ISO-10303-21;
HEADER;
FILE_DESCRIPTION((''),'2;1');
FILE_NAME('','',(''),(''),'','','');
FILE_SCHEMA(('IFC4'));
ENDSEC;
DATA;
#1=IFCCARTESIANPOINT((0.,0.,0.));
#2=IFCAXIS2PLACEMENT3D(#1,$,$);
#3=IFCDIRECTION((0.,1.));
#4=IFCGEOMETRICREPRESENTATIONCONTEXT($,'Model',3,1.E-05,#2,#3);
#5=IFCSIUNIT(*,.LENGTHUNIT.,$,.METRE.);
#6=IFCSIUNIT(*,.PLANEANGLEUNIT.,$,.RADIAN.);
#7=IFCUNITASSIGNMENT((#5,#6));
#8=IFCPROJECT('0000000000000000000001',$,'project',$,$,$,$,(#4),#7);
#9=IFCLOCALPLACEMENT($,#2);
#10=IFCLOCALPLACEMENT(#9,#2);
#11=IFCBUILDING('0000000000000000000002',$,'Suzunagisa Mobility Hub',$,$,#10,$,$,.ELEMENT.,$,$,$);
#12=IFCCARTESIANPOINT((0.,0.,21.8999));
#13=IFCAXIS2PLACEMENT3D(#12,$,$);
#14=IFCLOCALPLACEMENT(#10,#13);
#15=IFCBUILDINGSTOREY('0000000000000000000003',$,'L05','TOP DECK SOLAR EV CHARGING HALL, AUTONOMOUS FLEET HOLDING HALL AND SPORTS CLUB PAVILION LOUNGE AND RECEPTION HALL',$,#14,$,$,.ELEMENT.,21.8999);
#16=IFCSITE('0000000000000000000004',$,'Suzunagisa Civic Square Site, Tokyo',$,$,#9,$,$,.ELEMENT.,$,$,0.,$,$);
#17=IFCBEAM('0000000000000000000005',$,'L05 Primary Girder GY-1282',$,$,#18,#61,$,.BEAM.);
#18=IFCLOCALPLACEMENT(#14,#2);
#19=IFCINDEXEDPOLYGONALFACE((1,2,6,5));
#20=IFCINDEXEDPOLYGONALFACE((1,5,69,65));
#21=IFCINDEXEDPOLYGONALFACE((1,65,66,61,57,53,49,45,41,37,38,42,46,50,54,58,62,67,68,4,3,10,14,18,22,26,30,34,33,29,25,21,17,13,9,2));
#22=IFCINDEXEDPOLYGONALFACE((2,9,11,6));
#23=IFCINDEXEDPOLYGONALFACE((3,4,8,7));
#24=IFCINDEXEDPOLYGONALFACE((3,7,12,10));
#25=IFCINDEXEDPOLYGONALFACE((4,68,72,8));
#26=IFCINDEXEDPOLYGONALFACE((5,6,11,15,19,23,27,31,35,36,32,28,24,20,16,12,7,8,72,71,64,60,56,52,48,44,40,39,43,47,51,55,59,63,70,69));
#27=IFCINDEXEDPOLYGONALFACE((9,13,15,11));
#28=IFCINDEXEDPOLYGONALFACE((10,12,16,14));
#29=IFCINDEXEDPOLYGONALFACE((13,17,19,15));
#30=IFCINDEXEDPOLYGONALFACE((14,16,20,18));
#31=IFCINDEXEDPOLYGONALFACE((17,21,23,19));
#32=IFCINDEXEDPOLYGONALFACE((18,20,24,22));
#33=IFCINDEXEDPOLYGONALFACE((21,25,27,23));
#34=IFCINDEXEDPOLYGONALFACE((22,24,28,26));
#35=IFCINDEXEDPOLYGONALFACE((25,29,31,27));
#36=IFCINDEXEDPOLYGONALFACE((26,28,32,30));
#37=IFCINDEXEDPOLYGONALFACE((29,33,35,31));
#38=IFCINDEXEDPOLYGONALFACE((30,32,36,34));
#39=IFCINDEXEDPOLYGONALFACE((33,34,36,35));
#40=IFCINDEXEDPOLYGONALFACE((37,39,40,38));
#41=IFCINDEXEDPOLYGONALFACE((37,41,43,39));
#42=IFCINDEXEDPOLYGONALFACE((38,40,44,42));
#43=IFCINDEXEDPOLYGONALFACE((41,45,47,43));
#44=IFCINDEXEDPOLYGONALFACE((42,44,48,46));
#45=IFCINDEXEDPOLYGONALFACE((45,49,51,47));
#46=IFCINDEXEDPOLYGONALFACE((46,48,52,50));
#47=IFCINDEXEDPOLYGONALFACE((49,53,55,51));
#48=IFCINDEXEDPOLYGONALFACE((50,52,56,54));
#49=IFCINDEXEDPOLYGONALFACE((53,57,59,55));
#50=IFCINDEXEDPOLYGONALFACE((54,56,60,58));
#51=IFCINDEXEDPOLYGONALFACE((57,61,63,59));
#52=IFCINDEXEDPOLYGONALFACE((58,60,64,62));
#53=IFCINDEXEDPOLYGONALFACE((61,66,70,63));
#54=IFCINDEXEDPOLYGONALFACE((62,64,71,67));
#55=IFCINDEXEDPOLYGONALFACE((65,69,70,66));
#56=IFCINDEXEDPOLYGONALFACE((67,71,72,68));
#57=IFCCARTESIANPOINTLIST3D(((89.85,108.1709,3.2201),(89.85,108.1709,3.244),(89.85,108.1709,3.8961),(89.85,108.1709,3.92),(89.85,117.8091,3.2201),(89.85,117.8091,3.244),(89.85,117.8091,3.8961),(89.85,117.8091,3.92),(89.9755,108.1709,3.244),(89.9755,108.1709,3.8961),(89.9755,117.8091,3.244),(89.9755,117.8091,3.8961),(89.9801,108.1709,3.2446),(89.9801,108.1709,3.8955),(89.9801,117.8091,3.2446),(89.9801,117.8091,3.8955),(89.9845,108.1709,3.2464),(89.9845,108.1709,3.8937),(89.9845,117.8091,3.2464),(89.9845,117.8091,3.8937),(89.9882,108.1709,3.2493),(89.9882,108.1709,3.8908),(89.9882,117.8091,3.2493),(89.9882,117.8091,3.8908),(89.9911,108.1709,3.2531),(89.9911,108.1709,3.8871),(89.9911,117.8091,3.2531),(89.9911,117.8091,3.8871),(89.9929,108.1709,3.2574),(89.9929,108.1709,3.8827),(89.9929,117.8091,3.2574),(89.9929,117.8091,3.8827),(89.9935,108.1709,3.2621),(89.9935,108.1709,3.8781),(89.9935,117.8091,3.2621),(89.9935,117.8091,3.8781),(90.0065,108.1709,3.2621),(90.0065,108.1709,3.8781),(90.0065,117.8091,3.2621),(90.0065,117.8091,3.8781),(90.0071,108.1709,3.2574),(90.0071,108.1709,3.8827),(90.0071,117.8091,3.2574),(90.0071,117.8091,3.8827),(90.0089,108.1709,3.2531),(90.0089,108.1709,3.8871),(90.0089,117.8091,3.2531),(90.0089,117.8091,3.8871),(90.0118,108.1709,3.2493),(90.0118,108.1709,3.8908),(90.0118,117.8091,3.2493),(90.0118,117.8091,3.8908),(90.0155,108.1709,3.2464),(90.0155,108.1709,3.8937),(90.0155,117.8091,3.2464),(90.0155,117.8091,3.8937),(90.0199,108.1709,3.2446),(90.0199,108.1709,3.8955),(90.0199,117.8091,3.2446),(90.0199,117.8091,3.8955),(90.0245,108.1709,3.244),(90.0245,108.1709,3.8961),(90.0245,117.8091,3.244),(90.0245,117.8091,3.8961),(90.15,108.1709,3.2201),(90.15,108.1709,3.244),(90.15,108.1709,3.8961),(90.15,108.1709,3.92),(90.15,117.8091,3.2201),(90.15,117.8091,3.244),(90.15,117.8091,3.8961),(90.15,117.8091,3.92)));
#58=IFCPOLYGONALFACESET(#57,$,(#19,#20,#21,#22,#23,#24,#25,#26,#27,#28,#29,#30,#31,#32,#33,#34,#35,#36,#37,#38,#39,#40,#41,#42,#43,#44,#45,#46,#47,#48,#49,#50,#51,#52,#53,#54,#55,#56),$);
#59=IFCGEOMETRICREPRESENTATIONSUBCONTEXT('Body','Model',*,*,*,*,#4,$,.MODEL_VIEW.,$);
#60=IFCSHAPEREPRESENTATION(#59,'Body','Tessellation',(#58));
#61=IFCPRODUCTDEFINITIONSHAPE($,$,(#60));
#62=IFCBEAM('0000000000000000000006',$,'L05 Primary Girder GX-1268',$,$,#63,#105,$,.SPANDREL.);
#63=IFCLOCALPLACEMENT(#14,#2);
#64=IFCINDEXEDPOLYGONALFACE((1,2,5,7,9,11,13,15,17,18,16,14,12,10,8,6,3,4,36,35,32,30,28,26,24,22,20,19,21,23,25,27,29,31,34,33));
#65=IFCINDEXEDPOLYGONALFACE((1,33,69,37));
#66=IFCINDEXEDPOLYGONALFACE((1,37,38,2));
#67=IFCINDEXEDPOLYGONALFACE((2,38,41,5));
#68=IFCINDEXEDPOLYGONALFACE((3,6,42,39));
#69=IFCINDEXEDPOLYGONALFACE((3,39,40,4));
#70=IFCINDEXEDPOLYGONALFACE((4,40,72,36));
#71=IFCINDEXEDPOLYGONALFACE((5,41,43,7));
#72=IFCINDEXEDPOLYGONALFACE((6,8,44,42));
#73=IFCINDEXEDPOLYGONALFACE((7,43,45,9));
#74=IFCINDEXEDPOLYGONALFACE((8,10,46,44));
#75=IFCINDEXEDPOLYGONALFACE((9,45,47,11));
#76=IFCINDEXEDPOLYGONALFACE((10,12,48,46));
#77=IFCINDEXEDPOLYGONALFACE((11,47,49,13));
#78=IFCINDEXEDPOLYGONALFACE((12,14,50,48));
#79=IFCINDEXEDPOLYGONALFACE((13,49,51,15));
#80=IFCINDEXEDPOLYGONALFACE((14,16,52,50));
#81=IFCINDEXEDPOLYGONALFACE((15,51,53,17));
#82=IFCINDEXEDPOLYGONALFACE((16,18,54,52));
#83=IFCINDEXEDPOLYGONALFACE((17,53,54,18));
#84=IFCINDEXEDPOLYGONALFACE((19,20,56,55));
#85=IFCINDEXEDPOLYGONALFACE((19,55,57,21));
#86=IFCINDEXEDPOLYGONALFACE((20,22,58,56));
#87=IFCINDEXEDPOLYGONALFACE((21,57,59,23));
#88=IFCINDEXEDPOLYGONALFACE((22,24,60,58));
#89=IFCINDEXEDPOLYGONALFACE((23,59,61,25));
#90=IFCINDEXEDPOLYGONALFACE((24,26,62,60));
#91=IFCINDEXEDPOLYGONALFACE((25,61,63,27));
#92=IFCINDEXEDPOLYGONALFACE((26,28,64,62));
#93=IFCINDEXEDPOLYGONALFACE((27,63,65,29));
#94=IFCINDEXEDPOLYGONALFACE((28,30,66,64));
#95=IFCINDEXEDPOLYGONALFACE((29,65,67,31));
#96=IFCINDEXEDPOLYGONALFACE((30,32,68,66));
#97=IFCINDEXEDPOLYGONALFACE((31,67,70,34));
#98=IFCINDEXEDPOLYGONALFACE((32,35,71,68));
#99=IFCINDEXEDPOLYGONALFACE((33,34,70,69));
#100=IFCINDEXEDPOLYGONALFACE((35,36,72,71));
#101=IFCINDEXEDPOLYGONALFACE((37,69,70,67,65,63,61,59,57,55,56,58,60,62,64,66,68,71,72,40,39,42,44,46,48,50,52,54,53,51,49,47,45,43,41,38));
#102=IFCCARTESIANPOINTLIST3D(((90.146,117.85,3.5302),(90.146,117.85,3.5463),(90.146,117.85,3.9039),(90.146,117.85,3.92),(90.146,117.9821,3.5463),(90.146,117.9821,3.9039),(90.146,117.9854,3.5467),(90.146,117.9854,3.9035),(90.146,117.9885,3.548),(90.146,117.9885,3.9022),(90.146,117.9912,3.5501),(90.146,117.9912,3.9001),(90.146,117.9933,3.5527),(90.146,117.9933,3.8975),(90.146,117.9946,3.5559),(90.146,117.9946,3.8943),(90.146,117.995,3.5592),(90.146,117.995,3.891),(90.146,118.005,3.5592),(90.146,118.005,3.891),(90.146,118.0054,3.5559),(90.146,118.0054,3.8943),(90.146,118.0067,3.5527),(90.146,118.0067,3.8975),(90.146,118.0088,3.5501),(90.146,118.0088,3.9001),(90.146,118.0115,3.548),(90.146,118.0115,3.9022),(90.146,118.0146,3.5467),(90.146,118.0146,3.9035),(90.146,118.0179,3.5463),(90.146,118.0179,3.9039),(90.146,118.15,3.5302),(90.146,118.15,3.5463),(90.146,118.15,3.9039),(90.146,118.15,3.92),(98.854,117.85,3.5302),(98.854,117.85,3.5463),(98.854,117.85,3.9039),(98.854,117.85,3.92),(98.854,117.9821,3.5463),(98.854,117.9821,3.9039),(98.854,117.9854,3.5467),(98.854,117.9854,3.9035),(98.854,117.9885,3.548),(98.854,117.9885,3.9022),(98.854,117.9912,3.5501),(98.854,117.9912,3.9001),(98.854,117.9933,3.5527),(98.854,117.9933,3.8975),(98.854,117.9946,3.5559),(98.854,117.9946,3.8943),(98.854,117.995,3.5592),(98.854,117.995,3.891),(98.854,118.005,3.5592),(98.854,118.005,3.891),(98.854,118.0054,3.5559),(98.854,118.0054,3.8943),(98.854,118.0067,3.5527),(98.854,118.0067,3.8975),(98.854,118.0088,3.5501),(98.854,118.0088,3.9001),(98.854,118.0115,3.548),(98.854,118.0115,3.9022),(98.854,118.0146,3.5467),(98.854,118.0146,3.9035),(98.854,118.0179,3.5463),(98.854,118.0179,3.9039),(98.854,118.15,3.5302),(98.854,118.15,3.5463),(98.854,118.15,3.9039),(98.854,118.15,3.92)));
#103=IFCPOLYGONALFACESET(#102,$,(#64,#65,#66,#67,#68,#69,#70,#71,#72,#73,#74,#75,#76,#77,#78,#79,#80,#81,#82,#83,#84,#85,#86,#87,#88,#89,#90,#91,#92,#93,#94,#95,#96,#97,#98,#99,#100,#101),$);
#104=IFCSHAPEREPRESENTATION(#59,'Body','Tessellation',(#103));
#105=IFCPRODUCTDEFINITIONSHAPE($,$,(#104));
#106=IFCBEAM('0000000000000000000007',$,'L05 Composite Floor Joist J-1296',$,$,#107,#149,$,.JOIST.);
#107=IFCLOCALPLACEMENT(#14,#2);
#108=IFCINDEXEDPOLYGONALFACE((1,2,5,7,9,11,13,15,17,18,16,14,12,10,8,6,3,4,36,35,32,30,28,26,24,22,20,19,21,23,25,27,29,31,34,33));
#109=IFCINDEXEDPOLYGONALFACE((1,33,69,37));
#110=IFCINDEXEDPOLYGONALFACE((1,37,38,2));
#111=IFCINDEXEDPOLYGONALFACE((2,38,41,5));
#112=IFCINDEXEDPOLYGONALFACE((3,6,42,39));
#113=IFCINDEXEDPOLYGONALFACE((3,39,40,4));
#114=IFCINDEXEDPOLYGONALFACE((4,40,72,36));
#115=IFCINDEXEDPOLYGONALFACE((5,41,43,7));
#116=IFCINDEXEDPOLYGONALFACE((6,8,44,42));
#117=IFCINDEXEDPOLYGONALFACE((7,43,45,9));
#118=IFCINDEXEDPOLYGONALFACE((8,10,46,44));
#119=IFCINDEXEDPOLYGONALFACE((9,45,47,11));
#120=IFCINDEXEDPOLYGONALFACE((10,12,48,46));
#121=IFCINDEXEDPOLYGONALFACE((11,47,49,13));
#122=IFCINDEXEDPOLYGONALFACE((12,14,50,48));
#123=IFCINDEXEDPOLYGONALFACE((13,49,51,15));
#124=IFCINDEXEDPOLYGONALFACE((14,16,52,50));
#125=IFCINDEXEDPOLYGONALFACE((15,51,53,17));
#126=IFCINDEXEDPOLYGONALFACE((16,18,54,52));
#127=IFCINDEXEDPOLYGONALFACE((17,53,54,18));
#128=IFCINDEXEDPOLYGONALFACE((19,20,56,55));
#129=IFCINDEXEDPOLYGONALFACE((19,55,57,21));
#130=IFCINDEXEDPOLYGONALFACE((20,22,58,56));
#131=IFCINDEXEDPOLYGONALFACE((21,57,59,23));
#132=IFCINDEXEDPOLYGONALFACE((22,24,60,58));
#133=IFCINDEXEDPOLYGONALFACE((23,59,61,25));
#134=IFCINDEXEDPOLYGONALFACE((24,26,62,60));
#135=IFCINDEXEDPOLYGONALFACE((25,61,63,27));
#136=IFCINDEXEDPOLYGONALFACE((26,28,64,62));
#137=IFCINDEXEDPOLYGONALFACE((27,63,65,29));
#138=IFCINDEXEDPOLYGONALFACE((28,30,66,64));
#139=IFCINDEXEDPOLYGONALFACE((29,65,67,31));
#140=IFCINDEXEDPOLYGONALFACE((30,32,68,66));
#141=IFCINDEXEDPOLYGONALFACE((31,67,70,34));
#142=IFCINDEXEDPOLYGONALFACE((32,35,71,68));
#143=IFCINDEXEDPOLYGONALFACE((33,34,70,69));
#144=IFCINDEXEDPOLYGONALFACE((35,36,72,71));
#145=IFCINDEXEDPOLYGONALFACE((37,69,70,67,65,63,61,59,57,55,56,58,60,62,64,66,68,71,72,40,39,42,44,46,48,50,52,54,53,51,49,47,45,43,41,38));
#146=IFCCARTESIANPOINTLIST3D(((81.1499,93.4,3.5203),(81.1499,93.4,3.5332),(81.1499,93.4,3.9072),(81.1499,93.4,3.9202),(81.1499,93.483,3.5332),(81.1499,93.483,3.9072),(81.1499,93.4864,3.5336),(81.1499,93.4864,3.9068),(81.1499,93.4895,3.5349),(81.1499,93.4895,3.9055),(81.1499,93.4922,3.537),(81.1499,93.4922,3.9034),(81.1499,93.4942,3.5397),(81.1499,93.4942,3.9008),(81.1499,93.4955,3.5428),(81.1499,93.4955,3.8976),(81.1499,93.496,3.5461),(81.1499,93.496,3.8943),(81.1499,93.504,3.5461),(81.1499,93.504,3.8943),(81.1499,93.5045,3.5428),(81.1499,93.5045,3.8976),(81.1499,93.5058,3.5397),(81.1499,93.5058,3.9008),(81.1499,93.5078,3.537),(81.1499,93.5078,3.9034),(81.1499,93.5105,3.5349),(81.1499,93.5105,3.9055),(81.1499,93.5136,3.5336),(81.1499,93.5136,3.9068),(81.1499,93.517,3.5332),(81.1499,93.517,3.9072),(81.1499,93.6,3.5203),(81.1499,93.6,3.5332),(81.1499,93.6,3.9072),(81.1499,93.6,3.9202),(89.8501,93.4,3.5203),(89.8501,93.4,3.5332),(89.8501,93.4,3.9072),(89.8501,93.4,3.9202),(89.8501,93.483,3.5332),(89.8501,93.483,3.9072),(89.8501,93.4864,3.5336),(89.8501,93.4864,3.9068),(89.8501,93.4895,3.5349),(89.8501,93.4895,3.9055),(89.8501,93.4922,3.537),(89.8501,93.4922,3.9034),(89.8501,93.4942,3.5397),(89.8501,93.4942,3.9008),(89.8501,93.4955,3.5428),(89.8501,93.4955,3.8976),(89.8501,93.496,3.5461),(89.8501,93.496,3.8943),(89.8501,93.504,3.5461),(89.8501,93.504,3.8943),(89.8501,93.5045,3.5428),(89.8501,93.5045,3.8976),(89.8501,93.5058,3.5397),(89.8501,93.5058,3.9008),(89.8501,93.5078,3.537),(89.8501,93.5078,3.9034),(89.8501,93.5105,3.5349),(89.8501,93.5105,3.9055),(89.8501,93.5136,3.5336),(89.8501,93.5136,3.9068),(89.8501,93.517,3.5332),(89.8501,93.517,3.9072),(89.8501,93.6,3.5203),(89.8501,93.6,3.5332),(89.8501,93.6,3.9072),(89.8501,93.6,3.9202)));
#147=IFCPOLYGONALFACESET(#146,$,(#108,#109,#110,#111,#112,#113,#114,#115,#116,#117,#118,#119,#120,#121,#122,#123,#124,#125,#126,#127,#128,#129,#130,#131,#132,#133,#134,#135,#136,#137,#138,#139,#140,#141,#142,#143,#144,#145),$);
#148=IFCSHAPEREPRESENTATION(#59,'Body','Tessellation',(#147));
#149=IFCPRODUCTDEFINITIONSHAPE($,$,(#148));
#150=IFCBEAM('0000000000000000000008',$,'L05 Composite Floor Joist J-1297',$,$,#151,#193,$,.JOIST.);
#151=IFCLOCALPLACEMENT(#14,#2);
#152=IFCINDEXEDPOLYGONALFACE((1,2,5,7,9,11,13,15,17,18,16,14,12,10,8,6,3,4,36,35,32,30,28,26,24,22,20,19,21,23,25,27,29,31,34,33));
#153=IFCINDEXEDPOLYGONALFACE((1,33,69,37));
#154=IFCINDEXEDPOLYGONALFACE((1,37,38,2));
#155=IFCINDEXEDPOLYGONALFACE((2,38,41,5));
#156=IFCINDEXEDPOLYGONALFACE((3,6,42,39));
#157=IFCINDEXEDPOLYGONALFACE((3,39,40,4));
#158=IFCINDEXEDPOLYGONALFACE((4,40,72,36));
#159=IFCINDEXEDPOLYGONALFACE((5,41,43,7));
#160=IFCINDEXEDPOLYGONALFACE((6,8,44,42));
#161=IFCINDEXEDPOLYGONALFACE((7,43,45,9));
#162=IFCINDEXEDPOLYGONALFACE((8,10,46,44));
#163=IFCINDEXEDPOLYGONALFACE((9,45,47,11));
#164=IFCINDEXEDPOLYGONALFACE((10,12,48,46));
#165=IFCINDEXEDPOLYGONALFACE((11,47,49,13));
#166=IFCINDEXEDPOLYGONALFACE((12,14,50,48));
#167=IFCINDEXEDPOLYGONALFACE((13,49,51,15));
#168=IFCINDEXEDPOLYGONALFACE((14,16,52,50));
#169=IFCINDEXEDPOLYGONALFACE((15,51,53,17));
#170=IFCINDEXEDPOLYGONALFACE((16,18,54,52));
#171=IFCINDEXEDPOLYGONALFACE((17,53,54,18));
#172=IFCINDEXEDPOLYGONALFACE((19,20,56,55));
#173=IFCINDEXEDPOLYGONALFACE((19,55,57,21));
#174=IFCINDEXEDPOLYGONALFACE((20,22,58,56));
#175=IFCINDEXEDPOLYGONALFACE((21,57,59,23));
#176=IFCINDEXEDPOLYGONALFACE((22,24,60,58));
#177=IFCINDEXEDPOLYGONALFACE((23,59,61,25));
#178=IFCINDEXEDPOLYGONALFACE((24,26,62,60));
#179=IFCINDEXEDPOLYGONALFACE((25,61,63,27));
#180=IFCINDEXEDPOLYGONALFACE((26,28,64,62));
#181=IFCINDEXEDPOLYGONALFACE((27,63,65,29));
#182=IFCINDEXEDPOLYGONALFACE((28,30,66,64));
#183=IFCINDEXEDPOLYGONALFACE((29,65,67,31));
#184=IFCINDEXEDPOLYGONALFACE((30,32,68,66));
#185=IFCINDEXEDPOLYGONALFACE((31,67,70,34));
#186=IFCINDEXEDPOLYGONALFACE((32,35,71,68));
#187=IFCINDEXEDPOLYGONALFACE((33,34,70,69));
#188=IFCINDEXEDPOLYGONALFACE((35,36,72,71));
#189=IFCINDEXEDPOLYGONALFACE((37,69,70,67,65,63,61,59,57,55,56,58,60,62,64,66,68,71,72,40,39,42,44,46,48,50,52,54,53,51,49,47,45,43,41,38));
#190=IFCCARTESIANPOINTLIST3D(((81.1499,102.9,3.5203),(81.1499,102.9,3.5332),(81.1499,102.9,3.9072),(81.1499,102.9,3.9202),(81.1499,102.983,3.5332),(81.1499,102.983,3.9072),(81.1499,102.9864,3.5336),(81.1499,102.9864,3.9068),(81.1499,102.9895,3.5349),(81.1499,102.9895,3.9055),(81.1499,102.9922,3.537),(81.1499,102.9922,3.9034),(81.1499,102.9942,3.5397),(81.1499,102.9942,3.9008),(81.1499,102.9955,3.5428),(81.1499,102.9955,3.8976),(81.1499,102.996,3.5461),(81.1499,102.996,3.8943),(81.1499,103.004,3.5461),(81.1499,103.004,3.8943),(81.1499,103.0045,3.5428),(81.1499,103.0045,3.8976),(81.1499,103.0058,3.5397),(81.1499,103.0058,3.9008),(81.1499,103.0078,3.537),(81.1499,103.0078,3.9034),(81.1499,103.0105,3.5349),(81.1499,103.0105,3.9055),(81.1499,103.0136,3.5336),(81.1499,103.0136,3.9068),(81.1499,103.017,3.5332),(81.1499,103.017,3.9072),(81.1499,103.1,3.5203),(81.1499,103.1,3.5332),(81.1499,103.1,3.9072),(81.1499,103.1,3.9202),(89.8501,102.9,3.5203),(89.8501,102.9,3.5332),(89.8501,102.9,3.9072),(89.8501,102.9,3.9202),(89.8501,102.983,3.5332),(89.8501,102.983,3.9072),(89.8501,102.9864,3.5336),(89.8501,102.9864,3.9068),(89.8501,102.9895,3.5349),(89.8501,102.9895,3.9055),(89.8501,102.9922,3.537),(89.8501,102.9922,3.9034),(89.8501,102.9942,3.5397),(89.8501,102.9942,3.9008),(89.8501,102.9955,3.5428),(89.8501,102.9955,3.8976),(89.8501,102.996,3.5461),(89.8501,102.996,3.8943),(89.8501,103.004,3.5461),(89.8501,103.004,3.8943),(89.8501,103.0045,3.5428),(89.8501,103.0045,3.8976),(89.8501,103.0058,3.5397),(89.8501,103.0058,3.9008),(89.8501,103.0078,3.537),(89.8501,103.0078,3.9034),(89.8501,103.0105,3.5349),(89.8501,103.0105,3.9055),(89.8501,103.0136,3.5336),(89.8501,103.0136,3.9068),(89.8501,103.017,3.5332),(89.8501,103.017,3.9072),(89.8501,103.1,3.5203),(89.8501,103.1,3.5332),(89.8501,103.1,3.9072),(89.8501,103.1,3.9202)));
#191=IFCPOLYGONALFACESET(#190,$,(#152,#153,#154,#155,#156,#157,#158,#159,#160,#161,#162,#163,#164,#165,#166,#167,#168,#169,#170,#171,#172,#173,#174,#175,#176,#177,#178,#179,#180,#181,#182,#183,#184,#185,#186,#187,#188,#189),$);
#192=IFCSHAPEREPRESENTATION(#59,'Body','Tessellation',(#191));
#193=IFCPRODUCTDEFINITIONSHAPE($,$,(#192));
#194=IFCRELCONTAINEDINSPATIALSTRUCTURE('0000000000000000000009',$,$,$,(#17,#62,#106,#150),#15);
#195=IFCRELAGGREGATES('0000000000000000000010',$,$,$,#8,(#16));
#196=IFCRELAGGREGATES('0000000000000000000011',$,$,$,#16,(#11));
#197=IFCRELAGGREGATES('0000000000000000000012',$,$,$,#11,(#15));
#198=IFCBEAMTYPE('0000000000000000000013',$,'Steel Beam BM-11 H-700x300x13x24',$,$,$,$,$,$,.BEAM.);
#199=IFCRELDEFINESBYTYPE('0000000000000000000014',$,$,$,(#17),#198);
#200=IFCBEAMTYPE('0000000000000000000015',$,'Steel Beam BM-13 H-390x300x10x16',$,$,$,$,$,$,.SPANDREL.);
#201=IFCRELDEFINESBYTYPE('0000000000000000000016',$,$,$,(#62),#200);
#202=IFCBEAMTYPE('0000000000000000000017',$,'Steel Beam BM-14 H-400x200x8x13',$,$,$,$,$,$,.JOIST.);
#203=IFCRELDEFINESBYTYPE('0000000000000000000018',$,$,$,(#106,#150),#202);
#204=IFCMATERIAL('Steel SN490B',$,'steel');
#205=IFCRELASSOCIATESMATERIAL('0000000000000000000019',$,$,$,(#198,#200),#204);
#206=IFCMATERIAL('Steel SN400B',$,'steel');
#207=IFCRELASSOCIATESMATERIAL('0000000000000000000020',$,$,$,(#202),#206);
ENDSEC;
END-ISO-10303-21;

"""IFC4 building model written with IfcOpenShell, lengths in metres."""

from ifc_helpers import new_model, si_unit, direction, frame, origin, origin_2d, place, context, subcontext, project, spatial, i_section, extrude, material, material_profile, profile_set, type_object, element, save


model = new_model("IFC4")

# Units and contexts
model_context = context("Model", 3, precision=1e-05, world=origin(), true_north=direction((0.0, 1.0)))
body_context = subcontext(model_context, "Body", "Model", "MODEL_VIEW")
ifc_project = project(units=[si_unit("LENGTHUNIT", "METRE"), si_unit("PLANEANGLEUNIT", "RADIAN")], contexts=[model_context])

# Site, building, storey
site_placement = place(None, origin())
site = spatial("IfcSite", under=ifc_project, at=site_placement, Name="Suzunagisa Civic Square Site, Tokyo", CompositionType="ELEMENT", RefElevation=0.0)
building_placement = place(site_placement, origin())
building = spatial("IfcBuilding", under=site, at=building_placement, Name="Suzunagisa Mobility Hub", CompositionType="ELEMENT")
storey_placement = place(building_placement, frame((0.0, 0.0, 21.8999)))
storey = spatial("IfcBuildingStorey", under=building, at=storey_placement, Name="L05", Description="TOP DECK SOLAR EV CHARGING HALL, AUTONOMOUS FLEET HOLDING HALL AND SPORTS CLUB PAVILION LOUNGE AND RECEPTION HALL", CompositionType="ELEMENT", Elevation=21.8999)

# Shared definitions
ifc_material_1 = material(Name="Steel SN490B", Category="steel")

# Beams
ifc_material_profile_1 = material_profile(ifc_material_1, i_section(OverallWidth=0.3, OverallDepth=0.7, WebThickness=0.0129, FlangeThickness=0.0239, FilletRadius=0.0181, at=origin_2d()), Name="H-700x300x13x24")
ifc_profile_set_1 = profile_set([ifc_material_profile_1], Name="Steel SN490B")
beam_type_1 = type_object("IfcBeamType", Name="Steel Beam BM-11 H-700x300x13x24", PredefinedType="BEAM", material=ifc_profile_set_1)
beam_1_placement = place(storey_placement, frame((90.0, 108.1709, 3.5701), z_axis=(0.0, 1.0, 0.0), x_axis=(-1.0, 0.0, 0.0)))
element("IfcBeam", 1, at=beam_1_placement, inside=storey, type_object=beam_type_1, Name="L05 Primary Girder GY-1282", PredefinedType="BEAM", context=body_context, shape_type="SweptSolid", body=[
    extrude(i_section(OverallWidth=0.3, OverallDepth=0.7, WebThickness=0.0129, FlangeThickness=0.0239, FilletRadius=0.0181, at=origin_2d()), origin(), (0.0, 0.0, 1.0), 9.6382),
])
ifc_material_profile_2 = material_profile(ifc_material_1, i_section(OverallWidth=0.3, OverallDepth=0.3899, WebThickness=0.01, FlangeThickness=0.0161, FilletRadius=0.0129, at=origin_2d()), Name="H-390x300x10x16")
ifc_profile_set_2 = profile_set([ifc_material_profile_2], Name="Steel SN490B")
beam_type_2 = type_object("IfcBeamType", Name="Steel Beam BM-13 H-390x300x10x16", PredefinedType="SPANDREL", material=ifc_profile_set_2)
beam_2_placement = place(storey_placement, frame((90.146, 118.0, 3.7251), z_axis=(1.0, 0.0, 0.0), x_axis=(0.0, 1.0, 0.0)))
element("IfcBeam", 2, at=beam_2_placement, inside=storey, type_object=beam_type_2, Name="L05 Primary Girder GX-1268", PredefinedType="SPANDREL", context=body_context, shape_type="SweptSolid", body=[
    extrude(i_section(OverallWidth=0.3, OverallDepth=0.3899, WebThickness=0.01, FlangeThickness=0.0161, FilletRadius=0.0129, at=origin_2d()), origin(), (0.0, 0.0, 1.0), 8.708),
])
ifc_material_2 = material(Name="Steel SN400B", Category="steel")
ifc_material_profile_3 = material_profile(ifc_material_2, i_section(OverallWidth=0.2, OverallDepth=0.3999, WebThickness=0.0081, FlangeThickness=0.0129, FilletRadius=0.0129, at=origin_2d()), Name="H-400x200x8x13")
ifc_profile_set_3 = profile_set([ifc_material_profile_3], Name="Steel SN400B")
beam_type_3 = type_object("IfcBeamType", Name="Steel Beam BM-14 H-400x200x8x13", PredefinedType="JOIST", material=ifc_profile_set_3)
for number, where, z_axis, x_axis, name in (
    (3, (81.1499, 93.5, 3.7202), (1.0, 0.0, 0.0), (0.0, 1.0, 0.0), "L05 Composite Floor Joist J-1296"),
    (4, (81.1499, 103.0, 3.7202), (1.0, 0.0, 0.0), (0.0, 1.0, 0.0), "L05 Composite Floor Joist J-1297"),
):
    element("IfcBeam", number, at=place(storey_placement, frame(where, z_axis=z_axis, x_axis=x_axis)), inside=storey, type_object=beam_type_3, Name=name, PredefinedType="JOIST", context=body_context, shape_type="SweptSolid", body=[
        extrude(i_section(OverallWidth=0.2, OverallDepth=0.3999, WebThickness=0.0081, FlangeThickness=0.0129, FilletRadius=0.0129, at=origin_2d()), origin(), (0.0, 0.0, 1.0), 8.7002),
    ])

save(model, "model.ifc")
